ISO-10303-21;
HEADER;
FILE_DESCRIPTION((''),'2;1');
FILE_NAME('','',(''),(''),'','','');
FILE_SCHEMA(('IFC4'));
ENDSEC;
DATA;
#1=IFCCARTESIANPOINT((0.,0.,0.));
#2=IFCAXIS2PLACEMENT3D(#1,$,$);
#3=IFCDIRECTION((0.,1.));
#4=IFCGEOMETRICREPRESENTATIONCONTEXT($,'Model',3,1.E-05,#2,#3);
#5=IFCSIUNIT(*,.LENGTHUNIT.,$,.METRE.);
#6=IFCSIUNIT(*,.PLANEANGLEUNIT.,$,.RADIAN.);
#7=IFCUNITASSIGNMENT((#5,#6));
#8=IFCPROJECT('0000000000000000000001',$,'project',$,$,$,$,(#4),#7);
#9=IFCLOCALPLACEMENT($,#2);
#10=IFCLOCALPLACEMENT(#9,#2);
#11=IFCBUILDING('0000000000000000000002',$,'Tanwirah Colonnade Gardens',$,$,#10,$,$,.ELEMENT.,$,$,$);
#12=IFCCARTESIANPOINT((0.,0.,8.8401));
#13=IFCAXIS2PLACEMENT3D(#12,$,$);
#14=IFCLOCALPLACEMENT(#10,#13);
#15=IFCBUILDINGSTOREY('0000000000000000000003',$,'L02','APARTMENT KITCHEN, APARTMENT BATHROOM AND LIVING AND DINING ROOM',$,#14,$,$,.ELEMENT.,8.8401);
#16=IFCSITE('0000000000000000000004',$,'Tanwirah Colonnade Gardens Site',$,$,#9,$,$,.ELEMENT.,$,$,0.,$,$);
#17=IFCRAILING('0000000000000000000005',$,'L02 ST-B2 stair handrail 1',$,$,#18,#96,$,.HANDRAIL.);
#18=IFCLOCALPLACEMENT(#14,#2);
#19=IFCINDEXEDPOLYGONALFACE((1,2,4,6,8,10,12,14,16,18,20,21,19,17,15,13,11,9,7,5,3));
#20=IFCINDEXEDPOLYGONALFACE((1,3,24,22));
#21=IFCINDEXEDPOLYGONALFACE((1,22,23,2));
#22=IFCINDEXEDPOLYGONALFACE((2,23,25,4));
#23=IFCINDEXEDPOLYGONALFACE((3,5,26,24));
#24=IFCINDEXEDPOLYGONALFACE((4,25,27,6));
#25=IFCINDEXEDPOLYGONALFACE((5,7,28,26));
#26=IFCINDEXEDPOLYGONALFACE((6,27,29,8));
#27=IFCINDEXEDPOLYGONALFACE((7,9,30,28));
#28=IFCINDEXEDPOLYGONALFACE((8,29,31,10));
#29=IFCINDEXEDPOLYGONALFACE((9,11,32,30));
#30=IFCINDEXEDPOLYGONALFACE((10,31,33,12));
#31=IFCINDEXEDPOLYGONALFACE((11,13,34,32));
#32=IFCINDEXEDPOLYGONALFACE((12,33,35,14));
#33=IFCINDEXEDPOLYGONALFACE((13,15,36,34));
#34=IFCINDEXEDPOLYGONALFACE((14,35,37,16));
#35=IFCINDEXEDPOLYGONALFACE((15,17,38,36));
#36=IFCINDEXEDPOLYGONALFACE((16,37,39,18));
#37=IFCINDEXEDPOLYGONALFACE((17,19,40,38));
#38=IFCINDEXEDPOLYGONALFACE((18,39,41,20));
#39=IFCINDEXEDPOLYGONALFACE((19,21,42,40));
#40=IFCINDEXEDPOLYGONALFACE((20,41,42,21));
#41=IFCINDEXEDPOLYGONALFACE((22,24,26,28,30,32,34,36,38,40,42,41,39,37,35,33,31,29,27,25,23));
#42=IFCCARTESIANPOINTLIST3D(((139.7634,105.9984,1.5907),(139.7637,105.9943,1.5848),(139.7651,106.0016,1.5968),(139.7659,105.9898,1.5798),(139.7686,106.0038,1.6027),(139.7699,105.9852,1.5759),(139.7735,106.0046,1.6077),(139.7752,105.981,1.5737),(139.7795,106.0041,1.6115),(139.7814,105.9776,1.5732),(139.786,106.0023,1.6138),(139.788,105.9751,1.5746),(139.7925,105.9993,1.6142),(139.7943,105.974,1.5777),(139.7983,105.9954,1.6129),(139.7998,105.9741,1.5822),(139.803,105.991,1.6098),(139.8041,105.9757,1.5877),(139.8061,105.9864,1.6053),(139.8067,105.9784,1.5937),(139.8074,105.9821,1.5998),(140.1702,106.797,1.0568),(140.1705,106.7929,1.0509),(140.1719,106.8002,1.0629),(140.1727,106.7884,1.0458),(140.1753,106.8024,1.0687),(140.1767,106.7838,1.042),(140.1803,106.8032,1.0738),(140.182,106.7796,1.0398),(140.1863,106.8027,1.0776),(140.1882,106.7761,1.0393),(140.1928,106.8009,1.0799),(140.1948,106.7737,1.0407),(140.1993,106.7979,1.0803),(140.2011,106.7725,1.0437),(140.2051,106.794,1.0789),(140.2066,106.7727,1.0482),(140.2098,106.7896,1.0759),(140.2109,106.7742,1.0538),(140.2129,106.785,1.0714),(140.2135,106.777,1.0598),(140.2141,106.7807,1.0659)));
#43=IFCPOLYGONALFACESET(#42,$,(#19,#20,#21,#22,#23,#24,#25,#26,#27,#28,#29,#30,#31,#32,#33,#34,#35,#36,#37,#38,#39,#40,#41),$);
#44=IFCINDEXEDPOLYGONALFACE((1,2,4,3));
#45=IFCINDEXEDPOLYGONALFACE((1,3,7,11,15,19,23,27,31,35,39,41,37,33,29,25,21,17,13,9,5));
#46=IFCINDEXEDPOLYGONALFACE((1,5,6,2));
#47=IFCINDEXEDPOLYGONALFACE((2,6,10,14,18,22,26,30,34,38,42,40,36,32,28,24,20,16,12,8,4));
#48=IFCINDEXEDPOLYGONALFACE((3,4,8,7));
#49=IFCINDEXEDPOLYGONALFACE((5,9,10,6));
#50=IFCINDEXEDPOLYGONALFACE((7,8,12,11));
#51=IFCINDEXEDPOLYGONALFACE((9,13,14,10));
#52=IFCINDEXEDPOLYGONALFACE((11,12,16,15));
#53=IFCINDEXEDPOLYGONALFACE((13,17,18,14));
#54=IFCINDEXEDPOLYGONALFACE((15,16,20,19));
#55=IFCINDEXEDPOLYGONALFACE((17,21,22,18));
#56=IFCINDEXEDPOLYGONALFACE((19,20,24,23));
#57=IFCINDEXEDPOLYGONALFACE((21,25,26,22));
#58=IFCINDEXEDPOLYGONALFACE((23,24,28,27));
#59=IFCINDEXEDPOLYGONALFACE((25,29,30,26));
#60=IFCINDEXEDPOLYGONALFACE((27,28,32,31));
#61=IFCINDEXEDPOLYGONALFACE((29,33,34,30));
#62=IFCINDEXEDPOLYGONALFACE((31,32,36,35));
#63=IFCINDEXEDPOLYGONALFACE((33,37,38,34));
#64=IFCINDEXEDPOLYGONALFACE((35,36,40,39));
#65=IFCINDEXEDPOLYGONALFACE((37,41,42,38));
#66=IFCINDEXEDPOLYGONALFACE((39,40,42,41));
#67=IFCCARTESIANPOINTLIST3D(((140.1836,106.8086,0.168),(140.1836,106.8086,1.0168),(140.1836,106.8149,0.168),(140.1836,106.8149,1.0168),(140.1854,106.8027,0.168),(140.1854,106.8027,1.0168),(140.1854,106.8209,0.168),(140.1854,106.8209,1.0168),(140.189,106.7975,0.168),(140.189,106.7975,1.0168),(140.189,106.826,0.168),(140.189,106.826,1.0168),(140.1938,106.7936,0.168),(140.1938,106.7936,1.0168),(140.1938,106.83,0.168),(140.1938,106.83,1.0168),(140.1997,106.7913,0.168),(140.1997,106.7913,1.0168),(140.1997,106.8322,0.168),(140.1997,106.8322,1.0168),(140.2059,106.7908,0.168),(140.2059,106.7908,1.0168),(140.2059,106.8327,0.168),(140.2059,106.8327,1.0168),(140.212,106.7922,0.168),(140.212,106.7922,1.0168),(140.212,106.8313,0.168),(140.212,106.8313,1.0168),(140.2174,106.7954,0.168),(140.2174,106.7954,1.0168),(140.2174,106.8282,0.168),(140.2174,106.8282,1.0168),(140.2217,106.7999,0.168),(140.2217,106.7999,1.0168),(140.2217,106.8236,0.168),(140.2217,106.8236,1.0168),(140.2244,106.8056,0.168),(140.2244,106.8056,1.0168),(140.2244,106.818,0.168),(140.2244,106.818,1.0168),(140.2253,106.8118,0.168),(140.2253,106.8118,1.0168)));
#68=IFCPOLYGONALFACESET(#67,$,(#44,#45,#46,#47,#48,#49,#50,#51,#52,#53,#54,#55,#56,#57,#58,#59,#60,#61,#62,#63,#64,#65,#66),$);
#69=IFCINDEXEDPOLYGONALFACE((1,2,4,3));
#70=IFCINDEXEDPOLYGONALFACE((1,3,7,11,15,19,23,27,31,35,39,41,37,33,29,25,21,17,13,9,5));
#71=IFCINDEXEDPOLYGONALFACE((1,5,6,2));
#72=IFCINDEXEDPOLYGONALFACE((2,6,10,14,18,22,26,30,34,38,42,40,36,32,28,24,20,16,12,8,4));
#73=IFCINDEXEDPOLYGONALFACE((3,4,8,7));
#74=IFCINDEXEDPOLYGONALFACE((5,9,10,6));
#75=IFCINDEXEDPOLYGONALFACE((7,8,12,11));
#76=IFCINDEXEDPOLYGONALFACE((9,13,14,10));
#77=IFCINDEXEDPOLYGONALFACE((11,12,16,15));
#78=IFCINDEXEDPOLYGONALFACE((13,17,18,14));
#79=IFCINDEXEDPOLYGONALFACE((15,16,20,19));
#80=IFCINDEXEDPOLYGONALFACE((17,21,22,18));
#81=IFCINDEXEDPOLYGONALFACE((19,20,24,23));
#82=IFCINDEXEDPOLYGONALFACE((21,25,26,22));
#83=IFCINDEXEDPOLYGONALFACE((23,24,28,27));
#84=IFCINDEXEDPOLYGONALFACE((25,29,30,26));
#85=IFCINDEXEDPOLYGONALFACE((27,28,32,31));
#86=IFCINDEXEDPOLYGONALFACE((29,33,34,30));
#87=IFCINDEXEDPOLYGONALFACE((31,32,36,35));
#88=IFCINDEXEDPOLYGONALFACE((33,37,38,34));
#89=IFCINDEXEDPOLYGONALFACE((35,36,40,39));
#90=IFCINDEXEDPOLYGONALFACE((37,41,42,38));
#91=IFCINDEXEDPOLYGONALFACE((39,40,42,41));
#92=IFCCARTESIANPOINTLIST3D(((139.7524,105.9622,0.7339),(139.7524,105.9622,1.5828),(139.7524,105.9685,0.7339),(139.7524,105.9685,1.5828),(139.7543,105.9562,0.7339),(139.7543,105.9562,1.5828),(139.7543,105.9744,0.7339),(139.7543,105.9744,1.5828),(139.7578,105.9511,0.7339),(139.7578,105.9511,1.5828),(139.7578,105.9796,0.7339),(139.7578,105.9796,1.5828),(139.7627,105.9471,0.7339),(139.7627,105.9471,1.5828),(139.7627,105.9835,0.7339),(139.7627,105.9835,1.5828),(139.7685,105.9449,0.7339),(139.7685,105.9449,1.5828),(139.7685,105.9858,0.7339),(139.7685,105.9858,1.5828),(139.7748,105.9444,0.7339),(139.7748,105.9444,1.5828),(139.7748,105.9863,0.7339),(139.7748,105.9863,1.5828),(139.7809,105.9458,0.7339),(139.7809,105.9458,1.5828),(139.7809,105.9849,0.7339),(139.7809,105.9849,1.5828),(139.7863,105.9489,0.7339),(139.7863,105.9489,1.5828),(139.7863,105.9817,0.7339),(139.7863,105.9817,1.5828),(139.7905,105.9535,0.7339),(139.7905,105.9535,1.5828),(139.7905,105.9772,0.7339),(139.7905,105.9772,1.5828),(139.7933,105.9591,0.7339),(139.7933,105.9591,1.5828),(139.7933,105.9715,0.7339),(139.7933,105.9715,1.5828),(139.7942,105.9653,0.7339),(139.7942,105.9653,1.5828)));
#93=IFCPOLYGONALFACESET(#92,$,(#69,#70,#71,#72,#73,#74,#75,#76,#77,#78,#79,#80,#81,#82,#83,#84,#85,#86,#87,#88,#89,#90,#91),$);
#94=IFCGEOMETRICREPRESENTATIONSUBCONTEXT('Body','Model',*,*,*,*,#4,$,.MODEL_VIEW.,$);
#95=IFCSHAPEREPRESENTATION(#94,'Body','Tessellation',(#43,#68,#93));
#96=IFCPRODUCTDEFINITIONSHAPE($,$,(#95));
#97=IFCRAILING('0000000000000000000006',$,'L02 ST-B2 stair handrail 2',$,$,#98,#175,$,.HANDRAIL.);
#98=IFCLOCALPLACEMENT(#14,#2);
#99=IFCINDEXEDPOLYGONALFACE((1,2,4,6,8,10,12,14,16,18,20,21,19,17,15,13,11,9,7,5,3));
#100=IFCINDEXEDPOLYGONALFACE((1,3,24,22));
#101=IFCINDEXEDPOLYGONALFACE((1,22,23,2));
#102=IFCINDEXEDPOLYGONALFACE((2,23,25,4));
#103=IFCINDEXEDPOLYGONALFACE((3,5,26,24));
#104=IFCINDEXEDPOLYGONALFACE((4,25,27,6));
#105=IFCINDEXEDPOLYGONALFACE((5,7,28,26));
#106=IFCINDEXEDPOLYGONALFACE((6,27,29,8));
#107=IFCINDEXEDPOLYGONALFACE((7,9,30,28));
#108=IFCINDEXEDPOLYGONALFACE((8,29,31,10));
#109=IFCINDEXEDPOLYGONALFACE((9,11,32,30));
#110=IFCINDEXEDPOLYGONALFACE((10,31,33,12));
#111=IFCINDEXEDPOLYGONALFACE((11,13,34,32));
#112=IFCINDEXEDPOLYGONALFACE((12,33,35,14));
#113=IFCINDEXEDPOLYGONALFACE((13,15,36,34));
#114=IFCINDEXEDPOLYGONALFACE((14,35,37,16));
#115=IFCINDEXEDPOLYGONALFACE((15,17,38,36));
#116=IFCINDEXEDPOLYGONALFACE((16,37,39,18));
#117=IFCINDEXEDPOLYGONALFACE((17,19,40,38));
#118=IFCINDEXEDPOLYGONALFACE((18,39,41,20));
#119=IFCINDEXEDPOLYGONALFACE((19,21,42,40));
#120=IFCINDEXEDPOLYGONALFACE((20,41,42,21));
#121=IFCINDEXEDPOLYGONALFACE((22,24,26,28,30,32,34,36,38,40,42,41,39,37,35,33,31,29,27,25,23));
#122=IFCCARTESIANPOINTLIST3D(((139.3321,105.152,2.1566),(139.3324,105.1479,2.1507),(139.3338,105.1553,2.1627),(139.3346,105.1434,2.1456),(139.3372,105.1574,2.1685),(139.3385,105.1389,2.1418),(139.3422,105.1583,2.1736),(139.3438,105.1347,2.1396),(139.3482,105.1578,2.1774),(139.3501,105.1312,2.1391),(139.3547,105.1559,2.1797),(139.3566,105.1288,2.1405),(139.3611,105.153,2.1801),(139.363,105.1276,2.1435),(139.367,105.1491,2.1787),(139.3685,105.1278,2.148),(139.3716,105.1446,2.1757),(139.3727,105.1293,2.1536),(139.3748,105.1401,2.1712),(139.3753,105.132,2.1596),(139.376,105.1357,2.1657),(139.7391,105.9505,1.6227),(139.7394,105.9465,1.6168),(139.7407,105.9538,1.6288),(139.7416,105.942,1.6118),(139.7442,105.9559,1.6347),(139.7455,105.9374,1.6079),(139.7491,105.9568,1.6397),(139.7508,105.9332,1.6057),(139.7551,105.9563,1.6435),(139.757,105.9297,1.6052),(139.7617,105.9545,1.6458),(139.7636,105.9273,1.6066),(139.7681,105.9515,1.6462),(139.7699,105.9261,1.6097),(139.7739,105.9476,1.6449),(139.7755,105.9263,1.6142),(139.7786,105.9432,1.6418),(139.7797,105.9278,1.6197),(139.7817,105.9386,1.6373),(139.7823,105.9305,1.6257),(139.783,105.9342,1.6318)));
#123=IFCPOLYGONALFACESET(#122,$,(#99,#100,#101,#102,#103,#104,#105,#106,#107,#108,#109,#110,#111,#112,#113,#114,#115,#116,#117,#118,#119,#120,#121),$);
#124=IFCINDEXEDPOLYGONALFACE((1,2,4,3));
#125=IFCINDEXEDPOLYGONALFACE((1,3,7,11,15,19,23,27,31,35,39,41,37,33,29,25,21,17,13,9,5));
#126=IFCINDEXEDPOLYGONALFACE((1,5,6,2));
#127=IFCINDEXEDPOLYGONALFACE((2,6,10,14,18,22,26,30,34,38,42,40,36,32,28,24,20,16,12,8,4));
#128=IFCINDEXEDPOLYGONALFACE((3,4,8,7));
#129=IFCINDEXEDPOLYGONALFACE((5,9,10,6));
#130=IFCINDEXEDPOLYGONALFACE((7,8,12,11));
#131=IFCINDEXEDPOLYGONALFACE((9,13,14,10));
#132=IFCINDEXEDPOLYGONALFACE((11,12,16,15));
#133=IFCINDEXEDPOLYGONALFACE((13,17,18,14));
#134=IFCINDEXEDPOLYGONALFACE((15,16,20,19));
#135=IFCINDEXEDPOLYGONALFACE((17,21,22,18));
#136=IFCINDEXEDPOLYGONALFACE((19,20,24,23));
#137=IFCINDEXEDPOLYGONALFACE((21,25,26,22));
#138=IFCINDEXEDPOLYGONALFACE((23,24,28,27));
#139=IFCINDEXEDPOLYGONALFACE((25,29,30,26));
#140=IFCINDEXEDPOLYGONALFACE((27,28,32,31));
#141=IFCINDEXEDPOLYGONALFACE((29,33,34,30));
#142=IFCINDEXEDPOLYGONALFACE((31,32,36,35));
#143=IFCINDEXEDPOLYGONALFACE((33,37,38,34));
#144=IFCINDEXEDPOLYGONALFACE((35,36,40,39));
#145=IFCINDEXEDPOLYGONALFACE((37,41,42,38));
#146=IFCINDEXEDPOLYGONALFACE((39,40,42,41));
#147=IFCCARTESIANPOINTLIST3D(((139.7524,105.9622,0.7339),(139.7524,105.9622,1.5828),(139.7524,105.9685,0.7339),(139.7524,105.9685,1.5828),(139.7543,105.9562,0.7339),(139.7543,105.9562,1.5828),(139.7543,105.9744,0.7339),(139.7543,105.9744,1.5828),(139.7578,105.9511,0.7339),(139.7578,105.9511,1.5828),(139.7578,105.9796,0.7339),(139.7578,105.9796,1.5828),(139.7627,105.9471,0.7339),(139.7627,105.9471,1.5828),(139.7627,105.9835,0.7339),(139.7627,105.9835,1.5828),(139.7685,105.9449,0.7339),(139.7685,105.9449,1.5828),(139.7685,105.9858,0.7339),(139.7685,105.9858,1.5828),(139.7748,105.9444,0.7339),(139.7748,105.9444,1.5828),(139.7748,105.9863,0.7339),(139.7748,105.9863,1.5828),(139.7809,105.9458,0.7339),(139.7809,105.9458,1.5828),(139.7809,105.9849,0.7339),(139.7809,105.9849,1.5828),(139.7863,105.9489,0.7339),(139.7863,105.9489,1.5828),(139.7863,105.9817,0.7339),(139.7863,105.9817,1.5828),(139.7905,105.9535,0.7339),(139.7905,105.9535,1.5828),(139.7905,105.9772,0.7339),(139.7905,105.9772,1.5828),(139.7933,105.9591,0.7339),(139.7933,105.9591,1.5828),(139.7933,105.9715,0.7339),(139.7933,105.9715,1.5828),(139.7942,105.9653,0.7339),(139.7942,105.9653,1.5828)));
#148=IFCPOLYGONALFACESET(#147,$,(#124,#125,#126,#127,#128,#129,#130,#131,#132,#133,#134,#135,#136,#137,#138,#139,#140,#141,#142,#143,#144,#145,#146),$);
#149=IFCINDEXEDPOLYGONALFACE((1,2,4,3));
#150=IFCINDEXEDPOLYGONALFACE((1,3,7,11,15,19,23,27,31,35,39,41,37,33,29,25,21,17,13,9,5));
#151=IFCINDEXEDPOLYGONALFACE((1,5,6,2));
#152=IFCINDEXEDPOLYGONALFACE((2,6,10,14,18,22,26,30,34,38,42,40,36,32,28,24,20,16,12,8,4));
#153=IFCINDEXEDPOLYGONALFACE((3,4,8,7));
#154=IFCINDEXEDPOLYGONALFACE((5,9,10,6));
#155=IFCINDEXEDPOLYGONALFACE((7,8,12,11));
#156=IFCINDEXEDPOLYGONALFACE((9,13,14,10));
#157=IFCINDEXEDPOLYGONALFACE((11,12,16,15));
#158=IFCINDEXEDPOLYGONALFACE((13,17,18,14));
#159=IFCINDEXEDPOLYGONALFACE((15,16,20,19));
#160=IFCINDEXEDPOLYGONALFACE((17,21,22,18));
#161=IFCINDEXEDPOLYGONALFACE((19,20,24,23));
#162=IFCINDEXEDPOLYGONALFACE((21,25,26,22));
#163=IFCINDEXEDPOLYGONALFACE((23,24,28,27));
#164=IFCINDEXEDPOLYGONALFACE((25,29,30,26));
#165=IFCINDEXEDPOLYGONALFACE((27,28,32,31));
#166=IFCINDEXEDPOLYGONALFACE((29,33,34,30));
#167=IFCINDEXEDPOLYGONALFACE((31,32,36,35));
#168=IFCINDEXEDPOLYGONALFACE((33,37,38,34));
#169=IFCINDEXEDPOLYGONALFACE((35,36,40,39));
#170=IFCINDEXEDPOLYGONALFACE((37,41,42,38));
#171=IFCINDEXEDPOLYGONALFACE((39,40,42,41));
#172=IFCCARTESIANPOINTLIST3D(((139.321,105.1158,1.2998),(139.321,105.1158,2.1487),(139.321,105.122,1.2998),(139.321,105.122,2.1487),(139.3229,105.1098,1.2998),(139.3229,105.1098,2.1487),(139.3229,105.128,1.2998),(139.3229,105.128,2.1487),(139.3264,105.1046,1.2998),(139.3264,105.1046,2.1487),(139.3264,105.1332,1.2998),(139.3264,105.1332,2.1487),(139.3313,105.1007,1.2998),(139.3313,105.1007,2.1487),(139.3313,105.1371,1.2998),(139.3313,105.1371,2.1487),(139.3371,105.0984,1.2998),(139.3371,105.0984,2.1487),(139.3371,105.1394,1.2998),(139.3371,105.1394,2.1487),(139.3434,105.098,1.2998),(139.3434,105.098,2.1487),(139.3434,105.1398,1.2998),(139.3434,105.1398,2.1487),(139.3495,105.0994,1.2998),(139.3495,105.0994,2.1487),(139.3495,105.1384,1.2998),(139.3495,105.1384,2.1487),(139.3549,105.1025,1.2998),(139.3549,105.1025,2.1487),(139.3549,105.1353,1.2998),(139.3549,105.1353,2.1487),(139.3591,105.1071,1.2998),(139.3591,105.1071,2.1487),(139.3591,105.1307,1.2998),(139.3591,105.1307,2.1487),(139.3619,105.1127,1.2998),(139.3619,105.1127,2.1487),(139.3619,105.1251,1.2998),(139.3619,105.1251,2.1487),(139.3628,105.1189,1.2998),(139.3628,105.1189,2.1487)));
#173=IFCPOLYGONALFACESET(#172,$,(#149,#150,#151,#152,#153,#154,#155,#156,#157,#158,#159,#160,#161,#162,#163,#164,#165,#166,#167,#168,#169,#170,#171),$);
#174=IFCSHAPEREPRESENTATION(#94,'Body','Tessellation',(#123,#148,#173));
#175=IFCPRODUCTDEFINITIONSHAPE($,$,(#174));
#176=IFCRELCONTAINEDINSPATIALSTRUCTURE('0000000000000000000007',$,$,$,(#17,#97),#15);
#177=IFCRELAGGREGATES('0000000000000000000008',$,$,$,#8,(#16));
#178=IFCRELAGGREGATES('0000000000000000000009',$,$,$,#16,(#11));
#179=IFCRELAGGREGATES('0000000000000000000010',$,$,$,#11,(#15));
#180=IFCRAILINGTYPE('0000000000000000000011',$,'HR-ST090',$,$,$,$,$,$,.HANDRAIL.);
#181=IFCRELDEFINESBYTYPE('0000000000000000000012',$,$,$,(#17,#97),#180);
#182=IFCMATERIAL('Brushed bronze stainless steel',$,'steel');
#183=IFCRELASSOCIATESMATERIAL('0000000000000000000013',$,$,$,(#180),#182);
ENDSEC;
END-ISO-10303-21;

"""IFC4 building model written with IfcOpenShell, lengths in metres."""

from ifc_helpers import new_model, si_unit, direction, frame, origin, origin_2d, place, context, subcontext, project, spatial, circle, extrude, material, type_object, element, save


model = new_model("IFC4")

# Units and contexts
model_context = context("Model", 3, precision=1e-05, world=origin(), true_north=direction((0.0, 1.0)))
body_context = subcontext(model_context, "Body", "Model", "MODEL_VIEW")
ifc_project = project(units=[si_unit("LENGTHUNIT", "METRE"), si_unit("PLANEANGLEUNIT", "RADIAN")], contexts=[model_context])

# Site, building, storey
site_placement = place(None, origin())
site = spatial("IfcSite", under=ifc_project, at=site_placement, Name="Tanwirah Colonnade Gardens Site", CompositionType="ELEMENT", RefElevation=0.0)
building_placement = place(site_placement, origin())
building = spatial("IfcBuilding", under=site, at=building_placement, Name="Tanwirah Colonnade Gardens", CompositionType="ELEMENT")
storey_placement = place(building_placement, frame((0.0, 0.0, 8.8401)))
storey = spatial("IfcBuildingStorey", under=building, at=storey_placement, Name="L02", Description="APARTMENT KITCHEN, APARTMENT BATHROOM AND LIVING AND DINING ROOM", CompositionType="ELEMENT", Elevation=8.8401)

# Railings
ifc_material_1 = material(Name="Brushed bronze stainless steel", Category="steel")
railing_type_1 = type_object("IfcRailingType", Name="HR-ST090", PredefinedType="HANDRAIL", material=ifc_material_1)
railing_1_placement = place(storey_placement, frame((140.2043, 106.8118, 0.168)))
element("IfcRailing", 1, at=railing_1_placement, inside=storey, type_object=railing_type_1, Name="L02 ST-B2 stair handrail 1", PredefinedType="HANDRAIL", context=body_context, shape_type="SweptSolid", body=[
    extrude(circle(Radius=0.0239, at=origin_2d()), frame((-0.0122, -0.0239, 0.8918), z_axis=(-0.38993, -0.765509, 0.511811), x_axis=(0.891061, -0.453883, 0.0)), (0.0, 0.0, 1.0), 1.0432),
    extrude(circle(Radius=0.021, at=origin_2d()), origin(), (0.0, 0.0, 1.0), 0.8489),
    extrude(circle(Radius=0.021, at=origin_2d()), frame((-0.4312, -0.8464, 0.5659)), (0.0, 0.0, 1.0), 0.8489),
])
railing_2_placement = place(storey_placement, frame((139.7732, 105.9653, 0.7339)))
element("IfcRailing", 2, at=railing_2_placement, inside=storey, type_object=railing_type_1, Name="L02 ST-B2 stair handrail 2", PredefinedType="HANDRAIL", context=body_context, shape_type="SweptSolid", body=[
    extrude(circle(Radius=0.0239, at=origin_2d()), frame((-0.0122, -0.0239, 0.8918), z_axis=(-0.390118, -0.765443, 0.511767), x_axis=(0.890957, -0.454087, 0.0)), (0.0, 0.0, 1.0), 1.0432),
    extrude(circle(Radius=0.021, at=origin_2d()), origin(), (0.0, 0.0, 1.0), 0.8489),
    extrude(circle(Radius=0.021, at=origin_2d()), frame((-0.4314, -0.8464, 0.5659)), (0.0, 0.0, 1.0), 0.8489),
])

save(model, "model.ifc")
